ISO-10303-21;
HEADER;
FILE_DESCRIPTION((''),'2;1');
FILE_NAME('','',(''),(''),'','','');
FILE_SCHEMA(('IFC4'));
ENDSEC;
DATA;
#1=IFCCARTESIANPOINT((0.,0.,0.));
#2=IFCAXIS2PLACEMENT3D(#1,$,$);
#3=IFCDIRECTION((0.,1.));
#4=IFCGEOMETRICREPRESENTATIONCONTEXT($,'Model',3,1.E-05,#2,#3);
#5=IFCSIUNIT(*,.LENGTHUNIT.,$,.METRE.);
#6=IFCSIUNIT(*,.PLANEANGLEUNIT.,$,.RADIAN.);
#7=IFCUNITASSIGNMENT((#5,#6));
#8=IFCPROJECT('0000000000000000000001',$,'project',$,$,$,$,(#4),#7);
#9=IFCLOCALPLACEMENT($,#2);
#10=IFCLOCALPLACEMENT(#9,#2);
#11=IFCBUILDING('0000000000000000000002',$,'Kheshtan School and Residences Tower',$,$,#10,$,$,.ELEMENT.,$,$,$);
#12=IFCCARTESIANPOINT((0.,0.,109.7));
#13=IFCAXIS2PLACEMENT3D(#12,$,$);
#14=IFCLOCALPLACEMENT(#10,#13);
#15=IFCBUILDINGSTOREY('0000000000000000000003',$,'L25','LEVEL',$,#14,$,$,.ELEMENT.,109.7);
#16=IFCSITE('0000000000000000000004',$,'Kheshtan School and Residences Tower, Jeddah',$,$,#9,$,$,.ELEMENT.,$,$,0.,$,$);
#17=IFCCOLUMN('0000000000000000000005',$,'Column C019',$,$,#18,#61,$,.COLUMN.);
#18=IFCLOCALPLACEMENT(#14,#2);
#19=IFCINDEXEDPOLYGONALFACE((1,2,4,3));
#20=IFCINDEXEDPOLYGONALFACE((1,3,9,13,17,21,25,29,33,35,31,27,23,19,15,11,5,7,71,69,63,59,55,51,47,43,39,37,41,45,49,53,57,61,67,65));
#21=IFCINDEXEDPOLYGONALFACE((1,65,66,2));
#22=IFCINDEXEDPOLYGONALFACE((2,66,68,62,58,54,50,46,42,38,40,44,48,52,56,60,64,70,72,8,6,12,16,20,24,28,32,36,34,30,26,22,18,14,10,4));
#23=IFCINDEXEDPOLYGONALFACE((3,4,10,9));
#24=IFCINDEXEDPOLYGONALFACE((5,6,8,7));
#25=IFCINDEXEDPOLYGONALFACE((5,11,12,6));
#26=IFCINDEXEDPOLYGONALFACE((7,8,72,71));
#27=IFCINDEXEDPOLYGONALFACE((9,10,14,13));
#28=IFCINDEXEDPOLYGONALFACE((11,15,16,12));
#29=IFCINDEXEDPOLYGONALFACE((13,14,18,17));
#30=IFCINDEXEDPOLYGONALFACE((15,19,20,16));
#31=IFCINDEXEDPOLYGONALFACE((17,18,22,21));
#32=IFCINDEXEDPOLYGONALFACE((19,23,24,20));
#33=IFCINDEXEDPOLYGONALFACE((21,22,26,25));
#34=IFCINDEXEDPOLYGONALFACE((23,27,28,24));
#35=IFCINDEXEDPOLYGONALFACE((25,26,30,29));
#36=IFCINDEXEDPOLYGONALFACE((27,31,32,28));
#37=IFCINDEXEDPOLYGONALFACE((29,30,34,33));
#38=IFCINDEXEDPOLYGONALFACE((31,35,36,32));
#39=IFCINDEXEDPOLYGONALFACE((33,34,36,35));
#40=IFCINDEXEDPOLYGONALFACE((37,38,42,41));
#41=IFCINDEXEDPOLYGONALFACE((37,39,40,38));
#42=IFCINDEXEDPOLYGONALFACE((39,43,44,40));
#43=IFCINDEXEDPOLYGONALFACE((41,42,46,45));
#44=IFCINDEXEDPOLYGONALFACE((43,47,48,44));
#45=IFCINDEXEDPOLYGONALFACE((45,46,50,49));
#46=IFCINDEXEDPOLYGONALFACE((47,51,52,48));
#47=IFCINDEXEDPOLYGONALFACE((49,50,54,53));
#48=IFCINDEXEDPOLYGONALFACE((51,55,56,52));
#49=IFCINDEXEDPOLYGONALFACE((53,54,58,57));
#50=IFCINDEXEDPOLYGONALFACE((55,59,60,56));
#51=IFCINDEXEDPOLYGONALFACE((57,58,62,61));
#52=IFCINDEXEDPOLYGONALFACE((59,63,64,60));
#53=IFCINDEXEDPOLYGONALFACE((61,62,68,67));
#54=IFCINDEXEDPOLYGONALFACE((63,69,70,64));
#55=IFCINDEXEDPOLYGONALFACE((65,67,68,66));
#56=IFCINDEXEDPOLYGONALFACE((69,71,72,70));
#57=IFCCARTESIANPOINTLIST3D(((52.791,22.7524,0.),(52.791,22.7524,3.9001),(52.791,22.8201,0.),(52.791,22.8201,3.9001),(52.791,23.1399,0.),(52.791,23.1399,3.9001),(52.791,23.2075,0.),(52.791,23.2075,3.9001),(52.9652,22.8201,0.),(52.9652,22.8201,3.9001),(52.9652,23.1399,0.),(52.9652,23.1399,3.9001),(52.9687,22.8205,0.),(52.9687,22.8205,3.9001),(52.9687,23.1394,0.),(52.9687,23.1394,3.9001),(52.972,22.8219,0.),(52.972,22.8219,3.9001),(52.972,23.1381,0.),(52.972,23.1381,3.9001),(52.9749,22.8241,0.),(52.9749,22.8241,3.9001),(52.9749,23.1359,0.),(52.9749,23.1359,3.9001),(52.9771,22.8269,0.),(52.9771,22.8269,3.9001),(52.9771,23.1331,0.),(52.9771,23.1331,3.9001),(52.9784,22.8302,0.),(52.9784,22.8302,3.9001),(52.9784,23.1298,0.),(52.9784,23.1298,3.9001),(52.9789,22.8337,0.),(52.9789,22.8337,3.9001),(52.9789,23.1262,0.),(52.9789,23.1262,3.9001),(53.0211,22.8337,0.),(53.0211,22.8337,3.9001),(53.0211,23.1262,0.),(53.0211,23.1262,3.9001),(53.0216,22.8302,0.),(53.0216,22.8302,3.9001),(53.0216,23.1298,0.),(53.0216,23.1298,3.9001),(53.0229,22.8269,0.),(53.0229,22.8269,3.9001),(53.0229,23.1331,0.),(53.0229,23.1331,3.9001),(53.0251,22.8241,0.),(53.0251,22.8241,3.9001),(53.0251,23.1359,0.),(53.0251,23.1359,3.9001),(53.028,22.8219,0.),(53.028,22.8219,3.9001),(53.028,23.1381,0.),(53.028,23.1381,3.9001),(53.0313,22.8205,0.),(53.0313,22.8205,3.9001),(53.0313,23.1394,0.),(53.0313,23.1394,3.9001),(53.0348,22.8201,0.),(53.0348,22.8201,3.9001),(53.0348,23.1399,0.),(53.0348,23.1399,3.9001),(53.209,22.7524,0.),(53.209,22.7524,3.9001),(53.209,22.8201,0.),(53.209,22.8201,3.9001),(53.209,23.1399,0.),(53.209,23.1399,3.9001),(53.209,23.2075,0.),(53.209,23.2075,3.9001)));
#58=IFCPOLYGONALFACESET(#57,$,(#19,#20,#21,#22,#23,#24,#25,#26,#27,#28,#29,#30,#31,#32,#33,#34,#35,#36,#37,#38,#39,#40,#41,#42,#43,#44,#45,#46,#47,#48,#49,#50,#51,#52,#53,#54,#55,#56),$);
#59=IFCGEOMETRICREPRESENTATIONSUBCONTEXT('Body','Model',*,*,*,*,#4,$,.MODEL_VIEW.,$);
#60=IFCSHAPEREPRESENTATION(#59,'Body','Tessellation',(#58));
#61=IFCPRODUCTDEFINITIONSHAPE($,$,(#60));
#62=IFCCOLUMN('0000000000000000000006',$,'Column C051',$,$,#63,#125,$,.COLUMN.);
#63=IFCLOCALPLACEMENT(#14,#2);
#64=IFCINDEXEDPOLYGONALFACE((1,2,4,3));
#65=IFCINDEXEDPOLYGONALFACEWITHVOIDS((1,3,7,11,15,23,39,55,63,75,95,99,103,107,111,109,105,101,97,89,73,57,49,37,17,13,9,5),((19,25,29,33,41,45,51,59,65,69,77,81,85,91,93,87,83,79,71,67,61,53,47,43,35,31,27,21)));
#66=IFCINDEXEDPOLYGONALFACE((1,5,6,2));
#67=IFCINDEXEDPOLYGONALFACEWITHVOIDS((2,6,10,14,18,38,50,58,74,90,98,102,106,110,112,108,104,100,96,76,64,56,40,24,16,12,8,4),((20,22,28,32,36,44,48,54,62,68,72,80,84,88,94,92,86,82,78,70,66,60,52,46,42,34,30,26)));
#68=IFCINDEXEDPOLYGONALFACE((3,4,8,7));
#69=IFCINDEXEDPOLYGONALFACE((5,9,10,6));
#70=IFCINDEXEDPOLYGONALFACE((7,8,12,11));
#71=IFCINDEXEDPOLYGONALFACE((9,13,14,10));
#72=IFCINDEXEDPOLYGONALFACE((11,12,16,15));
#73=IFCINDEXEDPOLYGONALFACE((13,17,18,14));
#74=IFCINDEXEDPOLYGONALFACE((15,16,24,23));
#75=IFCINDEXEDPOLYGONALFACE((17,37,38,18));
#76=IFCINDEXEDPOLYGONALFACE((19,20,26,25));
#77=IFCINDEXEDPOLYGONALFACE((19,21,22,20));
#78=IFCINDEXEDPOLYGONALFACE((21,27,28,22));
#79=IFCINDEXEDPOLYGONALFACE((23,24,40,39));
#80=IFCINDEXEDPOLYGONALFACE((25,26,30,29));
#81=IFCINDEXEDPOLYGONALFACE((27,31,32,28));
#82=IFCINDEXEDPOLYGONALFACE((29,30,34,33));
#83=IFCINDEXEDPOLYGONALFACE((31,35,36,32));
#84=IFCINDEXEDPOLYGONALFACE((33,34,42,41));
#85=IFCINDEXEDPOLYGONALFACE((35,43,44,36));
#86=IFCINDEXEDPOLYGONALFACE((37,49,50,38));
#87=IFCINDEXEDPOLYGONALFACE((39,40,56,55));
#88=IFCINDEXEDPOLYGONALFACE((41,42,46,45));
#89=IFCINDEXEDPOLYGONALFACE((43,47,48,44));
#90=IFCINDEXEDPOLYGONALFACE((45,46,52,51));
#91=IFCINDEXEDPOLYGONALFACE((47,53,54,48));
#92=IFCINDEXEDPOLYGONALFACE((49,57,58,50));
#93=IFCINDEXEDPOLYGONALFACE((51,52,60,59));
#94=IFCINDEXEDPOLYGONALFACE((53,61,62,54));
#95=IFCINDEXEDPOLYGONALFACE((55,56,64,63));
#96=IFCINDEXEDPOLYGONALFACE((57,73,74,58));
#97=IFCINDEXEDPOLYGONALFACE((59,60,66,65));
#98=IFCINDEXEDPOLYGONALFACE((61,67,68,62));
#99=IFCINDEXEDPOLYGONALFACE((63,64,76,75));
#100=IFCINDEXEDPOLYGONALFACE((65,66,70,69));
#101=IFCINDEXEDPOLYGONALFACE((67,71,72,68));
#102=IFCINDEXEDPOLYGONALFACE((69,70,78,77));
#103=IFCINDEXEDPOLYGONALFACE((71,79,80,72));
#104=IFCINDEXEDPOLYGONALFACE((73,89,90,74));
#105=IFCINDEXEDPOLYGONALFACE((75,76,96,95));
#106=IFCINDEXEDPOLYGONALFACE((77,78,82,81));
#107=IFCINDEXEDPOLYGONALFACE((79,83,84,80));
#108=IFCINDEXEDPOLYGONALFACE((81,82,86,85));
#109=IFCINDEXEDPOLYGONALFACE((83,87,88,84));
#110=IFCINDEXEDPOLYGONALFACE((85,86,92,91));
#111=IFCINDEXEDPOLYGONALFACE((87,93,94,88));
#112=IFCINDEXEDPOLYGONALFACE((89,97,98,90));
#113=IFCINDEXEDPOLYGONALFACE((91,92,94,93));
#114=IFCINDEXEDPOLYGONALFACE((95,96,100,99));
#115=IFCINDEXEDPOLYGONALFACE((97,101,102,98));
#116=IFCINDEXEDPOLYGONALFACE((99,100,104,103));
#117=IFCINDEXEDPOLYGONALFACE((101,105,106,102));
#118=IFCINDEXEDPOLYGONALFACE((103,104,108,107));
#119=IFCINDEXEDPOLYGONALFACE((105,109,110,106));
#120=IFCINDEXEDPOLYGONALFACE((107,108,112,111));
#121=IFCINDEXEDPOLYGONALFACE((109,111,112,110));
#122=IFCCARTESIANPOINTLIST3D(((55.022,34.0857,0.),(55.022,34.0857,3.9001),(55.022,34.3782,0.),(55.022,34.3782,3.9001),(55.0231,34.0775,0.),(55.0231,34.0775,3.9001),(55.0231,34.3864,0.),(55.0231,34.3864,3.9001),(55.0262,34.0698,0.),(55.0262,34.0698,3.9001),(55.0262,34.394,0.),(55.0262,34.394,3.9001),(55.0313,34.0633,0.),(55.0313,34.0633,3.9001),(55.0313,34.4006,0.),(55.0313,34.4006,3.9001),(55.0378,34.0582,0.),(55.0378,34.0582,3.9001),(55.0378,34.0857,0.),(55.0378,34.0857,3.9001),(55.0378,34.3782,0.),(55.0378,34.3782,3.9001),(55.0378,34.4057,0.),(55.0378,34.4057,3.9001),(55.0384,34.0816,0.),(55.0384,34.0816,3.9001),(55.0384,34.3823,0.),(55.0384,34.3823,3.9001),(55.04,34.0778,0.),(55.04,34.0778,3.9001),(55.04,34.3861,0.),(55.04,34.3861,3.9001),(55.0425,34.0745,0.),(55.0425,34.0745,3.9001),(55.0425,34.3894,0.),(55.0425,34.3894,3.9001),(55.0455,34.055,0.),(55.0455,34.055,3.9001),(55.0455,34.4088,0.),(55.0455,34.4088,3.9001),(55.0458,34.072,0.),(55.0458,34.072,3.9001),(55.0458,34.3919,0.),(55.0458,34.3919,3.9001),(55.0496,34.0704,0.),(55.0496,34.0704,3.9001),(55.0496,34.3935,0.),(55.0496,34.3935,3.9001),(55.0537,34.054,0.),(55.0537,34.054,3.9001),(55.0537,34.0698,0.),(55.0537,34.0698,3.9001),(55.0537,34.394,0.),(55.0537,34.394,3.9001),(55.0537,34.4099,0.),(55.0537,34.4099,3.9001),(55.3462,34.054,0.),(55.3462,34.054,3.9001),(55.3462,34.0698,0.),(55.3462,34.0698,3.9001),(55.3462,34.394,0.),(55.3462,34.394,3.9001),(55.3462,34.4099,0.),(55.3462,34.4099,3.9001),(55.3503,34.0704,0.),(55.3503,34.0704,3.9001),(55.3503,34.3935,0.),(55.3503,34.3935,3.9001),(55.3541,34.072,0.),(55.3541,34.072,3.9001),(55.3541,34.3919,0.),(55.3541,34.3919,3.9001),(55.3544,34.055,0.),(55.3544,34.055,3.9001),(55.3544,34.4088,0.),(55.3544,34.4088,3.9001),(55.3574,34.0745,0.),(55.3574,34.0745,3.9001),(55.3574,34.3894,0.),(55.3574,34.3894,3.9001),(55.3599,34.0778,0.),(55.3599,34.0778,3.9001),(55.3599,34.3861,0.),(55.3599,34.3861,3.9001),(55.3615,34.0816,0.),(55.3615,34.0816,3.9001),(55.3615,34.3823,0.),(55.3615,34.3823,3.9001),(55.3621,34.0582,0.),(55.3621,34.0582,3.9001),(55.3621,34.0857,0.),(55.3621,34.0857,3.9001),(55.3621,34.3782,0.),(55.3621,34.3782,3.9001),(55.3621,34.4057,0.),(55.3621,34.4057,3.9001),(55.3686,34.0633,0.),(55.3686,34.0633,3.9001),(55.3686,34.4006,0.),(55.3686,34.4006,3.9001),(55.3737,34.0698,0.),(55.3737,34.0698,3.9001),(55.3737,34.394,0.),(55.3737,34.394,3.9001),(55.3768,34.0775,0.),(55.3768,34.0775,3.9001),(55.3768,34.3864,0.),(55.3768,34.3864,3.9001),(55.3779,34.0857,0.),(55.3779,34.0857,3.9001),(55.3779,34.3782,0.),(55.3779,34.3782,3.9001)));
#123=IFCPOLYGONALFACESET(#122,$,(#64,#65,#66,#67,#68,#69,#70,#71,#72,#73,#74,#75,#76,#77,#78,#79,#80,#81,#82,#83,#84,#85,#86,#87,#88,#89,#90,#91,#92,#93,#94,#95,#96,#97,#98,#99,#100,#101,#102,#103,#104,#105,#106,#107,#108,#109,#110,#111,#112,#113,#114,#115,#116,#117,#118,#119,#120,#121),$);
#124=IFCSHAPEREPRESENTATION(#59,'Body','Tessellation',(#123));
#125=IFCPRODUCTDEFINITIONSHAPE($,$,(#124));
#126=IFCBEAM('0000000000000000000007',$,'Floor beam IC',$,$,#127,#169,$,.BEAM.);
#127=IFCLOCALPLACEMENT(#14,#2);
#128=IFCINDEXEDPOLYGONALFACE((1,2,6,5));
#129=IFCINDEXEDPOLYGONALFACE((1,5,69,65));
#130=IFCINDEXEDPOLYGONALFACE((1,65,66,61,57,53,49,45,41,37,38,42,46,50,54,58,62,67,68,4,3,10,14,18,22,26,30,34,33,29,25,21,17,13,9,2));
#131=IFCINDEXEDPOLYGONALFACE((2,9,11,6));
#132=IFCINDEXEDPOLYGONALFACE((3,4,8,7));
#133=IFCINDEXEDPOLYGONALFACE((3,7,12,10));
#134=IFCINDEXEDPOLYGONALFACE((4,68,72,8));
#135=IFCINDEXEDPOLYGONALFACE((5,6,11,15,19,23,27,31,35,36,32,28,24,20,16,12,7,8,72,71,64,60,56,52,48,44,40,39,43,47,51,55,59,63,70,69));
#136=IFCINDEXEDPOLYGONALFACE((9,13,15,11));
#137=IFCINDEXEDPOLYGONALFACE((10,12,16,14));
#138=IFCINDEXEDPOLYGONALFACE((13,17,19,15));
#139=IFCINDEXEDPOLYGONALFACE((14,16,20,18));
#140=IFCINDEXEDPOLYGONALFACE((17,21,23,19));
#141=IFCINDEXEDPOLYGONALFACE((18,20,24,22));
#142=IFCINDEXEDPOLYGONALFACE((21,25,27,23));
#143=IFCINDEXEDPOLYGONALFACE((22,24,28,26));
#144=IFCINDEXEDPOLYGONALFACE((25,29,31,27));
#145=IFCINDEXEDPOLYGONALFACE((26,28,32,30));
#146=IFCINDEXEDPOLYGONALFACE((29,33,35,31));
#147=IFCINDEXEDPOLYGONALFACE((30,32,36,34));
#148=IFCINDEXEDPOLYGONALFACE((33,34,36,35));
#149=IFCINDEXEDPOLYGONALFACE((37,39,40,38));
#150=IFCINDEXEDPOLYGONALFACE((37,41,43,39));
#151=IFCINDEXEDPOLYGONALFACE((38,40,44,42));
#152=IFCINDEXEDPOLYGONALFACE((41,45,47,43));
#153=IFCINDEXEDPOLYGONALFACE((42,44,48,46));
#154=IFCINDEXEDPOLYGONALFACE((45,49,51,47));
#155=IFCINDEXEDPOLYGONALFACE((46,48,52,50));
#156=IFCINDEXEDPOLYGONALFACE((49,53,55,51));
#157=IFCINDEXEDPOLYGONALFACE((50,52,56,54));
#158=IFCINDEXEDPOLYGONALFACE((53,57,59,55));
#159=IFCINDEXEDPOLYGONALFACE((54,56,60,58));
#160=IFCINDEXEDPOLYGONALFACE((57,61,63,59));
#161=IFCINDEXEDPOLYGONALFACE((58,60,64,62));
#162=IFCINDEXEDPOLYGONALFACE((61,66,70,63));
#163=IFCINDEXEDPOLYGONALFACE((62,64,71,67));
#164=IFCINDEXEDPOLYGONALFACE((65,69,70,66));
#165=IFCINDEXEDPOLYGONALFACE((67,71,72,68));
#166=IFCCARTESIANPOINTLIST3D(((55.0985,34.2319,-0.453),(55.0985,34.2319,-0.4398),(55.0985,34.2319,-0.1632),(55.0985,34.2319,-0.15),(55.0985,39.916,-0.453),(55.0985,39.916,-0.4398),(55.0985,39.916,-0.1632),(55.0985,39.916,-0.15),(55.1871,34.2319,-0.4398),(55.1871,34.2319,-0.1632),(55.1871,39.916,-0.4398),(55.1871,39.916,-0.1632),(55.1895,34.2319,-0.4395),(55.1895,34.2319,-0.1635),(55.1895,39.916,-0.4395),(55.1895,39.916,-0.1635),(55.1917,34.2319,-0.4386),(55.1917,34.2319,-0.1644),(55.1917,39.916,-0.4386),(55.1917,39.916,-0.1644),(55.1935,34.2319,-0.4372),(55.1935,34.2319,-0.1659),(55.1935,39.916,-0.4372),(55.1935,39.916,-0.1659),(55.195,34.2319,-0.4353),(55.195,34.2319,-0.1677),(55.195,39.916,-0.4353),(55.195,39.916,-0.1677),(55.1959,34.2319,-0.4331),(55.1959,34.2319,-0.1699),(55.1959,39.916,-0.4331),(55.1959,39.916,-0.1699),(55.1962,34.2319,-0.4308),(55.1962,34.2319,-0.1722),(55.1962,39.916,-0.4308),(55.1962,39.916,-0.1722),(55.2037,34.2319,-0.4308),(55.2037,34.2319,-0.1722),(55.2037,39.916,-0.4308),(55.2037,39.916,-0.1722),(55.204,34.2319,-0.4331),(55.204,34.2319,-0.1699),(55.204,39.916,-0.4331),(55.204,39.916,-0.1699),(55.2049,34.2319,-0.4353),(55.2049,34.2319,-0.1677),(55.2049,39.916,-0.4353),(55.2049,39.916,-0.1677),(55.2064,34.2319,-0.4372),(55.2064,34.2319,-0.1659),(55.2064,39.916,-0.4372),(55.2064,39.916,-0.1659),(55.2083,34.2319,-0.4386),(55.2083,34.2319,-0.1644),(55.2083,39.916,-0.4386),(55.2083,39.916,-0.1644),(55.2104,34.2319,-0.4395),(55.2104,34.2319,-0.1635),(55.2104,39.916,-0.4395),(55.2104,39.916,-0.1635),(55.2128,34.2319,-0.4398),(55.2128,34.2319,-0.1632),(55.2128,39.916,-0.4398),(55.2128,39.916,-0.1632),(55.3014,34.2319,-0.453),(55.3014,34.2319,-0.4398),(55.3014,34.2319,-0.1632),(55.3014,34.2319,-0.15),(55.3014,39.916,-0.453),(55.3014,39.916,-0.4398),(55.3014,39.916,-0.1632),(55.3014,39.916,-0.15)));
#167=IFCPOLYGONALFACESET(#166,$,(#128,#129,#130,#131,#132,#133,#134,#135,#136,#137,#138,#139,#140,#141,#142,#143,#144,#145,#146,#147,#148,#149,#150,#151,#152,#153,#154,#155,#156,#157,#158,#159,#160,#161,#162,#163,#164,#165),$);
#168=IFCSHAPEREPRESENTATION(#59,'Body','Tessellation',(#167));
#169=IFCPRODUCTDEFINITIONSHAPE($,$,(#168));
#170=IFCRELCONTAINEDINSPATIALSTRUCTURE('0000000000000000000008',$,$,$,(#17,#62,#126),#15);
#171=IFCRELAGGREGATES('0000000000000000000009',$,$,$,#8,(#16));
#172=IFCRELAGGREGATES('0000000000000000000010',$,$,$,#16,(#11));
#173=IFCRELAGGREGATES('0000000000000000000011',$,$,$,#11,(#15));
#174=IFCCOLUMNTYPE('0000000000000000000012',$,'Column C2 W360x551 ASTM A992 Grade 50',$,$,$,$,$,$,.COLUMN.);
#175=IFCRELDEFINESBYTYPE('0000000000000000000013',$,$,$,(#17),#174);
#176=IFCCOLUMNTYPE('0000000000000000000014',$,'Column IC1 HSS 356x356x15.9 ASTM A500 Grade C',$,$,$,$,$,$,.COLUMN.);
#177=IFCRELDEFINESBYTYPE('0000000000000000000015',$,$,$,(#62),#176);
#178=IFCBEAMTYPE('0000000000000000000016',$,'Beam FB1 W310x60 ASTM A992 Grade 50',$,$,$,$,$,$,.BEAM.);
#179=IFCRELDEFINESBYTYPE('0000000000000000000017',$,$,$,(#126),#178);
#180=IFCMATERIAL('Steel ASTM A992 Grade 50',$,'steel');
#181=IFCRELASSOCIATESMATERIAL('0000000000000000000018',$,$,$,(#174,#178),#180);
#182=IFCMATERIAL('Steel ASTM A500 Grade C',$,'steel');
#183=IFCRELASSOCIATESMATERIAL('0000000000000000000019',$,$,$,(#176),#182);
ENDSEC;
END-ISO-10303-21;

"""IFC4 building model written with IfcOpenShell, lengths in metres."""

from ifc_helpers import new_model, si_unit, direction, frame, origin, origin_2d, place, context, subcontext, project, spatial, hollow_rectangle, i_section, extrude, material, material_profile, profile_set, type_object, element, save


model = new_model("IFC4")

# Units and contexts
model_context = context("Model", 3, precision=1e-05, world=origin(), true_north=direction((0.0, 1.0)))
body_context = subcontext(model_context, "Body", "Model", "MODEL_VIEW")
ifc_project = project(units=[si_unit("LENGTHUNIT", "METRE"), si_unit("PLANEANGLEUNIT", "RADIAN")], contexts=[model_context])

# Site, building, storey
site_placement = place(None, origin())
site = spatial("IfcSite", under=ifc_project, at=site_placement, Name="Kheshtan School and Residences Tower, Jeddah", CompositionType="ELEMENT", RefElevation=0.0)
building_placement = place(site_placement, origin())
building = spatial("IfcBuilding", under=site, at=building_placement, Name="Kheshtan School and Residences Tower", CompositionType="ELEMENT")
storey_placement = place(building_placement, frame((0.0, 0.0, 109.7)))
storey = spatial("IfcBuildingStorey", under=building, at=storey_placement, Name="L25", Description="LEVEL", CompositionType="ELEMENT", Elevation=109.7)

# Columns
ifc_material_1 = material(Name="Steel ASTM A992 Grade 50", Category="steel")
ifc_material_profile_1 = material_profile(ifc_material_1, i_section(OverallWidth=0.418, OverallDepth=0.4551, WebThickness=0.0422, FlangeThickness=0.0676, FilletRadius=0.0137, at=origin_2d()), Name="W360x551")
ifc_profile_set_1 = profile_set([ifc_material_profile_1], Name="Steel ASTM A992 Grade 50")
column_type_1 = type_object("IfcColumnType", Name="Column C2 W360x551 ASTM A992 Grade 50", PredefinedType="COLUMN", material=ifc_profile_set_1)
column_1_placement = place(storey_placement, frame((53.0, 22.98, 0.0), z_axis=(0.0, 0.0, 1.0), x_axis=(1.0, 0.0, 0.0)))
element("IfcColumn", 1, at=column_1_placement, inside=storey, type_object=column_type_1, Name="Column C019", PredefinedType="COLUMN", context=body_context, shape_type="SweptSolid", body=[
    extrude(i_section(OverallWidth=0.418, OverallDepth=0.4551, WebThickness=0.0422, FlangeThickness=0.0676, FilletRadius=0.0137, at=origin_2d()), origin(), (0.0, 0.0, 1.0), 3.9001),
])
ifc_material_2 = material(Name="Steel ASTM A500 Grade C", Category="steel")
ifc_material_profile_2 = material_profile(ifc_material_2, hollow_rectangle(XDim=0.356, YDim=0.356, WallThickness=0.0159, InnerFilletRadius=0.0159, OuterFilletRadius=0.0317, at=origin_2d()), Name="HSS 356x356x15.9")
ifc_profile_set_2 = profile_set([ifc_material_profile_2], Name="Steel ASTM A500 Grade C")
column_type_2 = type_object("IfcColumnType", Name="Column IC1 HSS 356x356x15.9 ASTM A500 Grade C", PredefinedType="COLUMN", material=ifc_profile_set_2)
column_2_placement = place(storey_placement, frame((55.2, 34.2319, 0.0), z_axis=(0.0, 0.0, 1.0), x_axis=(1.0, 0.0, 0.0)))
element("IfcColumn", 2, at=column_2_placement, inside=storey, type_object=column_type_2, Name="Column C051", PredefinedType="COLUMN", context=body_context, shape_type="SweptSolid", body=[
    extrude(hollow_rectangle(XDim=0.356, YDim=0.356, WallThickness=0.0159, InnerFilletRadius=0.0159, OuterFilletRadius=0.0317, at=origin_2d()), origin(), (0.0, 0.0, 1.0), 3.9001),
])

# Beam
ifc_material_profile_3 = material_profile(ifc_material_1, i_section(OverallWidth=0.2029, OverallDepth=0.303, WebThickness=0.0076, FlangeThickness=0.0132, FilletRadius=0.009, at=origin_2d()), Name="W310x60")
ifc_profile_set_3 = profile_set([ifc_material_profile_3], Name="Steel ASTM A992 Grade 50")
beam_type_1 = type_object("IfcBeamType", Name="Beam FB1 W310x60 ASTM A992 Grade 50", PredefinedType="BEAM", material=ifc_profile_set_3)
beam_1_placement = place(storey_placement, frame((55.2, 34.2319, -0.3015), z_axis=(0.0, 1.0, 0.0), x_axis=(-1.0, 0.0, 0.0)))
element("IfcBeam", 3, at=beam_1_placement, inside=storey, type_object=beam_type_1, Name="Floor beam IC", PredefinedType="BEAM", context=body_context, shape_type="SweptSolid", body=[
    extrude(i_section(OverallWidth=0.2029, OverallDepth=0.303, WebThickness=0.0076, FlangeThickness=0.0132, FilletRadius=0.009, at=origin_2d()), origin(), (0.0, 0.0, 1.0), 5.6841),
])

save(model, "model.ifc")
